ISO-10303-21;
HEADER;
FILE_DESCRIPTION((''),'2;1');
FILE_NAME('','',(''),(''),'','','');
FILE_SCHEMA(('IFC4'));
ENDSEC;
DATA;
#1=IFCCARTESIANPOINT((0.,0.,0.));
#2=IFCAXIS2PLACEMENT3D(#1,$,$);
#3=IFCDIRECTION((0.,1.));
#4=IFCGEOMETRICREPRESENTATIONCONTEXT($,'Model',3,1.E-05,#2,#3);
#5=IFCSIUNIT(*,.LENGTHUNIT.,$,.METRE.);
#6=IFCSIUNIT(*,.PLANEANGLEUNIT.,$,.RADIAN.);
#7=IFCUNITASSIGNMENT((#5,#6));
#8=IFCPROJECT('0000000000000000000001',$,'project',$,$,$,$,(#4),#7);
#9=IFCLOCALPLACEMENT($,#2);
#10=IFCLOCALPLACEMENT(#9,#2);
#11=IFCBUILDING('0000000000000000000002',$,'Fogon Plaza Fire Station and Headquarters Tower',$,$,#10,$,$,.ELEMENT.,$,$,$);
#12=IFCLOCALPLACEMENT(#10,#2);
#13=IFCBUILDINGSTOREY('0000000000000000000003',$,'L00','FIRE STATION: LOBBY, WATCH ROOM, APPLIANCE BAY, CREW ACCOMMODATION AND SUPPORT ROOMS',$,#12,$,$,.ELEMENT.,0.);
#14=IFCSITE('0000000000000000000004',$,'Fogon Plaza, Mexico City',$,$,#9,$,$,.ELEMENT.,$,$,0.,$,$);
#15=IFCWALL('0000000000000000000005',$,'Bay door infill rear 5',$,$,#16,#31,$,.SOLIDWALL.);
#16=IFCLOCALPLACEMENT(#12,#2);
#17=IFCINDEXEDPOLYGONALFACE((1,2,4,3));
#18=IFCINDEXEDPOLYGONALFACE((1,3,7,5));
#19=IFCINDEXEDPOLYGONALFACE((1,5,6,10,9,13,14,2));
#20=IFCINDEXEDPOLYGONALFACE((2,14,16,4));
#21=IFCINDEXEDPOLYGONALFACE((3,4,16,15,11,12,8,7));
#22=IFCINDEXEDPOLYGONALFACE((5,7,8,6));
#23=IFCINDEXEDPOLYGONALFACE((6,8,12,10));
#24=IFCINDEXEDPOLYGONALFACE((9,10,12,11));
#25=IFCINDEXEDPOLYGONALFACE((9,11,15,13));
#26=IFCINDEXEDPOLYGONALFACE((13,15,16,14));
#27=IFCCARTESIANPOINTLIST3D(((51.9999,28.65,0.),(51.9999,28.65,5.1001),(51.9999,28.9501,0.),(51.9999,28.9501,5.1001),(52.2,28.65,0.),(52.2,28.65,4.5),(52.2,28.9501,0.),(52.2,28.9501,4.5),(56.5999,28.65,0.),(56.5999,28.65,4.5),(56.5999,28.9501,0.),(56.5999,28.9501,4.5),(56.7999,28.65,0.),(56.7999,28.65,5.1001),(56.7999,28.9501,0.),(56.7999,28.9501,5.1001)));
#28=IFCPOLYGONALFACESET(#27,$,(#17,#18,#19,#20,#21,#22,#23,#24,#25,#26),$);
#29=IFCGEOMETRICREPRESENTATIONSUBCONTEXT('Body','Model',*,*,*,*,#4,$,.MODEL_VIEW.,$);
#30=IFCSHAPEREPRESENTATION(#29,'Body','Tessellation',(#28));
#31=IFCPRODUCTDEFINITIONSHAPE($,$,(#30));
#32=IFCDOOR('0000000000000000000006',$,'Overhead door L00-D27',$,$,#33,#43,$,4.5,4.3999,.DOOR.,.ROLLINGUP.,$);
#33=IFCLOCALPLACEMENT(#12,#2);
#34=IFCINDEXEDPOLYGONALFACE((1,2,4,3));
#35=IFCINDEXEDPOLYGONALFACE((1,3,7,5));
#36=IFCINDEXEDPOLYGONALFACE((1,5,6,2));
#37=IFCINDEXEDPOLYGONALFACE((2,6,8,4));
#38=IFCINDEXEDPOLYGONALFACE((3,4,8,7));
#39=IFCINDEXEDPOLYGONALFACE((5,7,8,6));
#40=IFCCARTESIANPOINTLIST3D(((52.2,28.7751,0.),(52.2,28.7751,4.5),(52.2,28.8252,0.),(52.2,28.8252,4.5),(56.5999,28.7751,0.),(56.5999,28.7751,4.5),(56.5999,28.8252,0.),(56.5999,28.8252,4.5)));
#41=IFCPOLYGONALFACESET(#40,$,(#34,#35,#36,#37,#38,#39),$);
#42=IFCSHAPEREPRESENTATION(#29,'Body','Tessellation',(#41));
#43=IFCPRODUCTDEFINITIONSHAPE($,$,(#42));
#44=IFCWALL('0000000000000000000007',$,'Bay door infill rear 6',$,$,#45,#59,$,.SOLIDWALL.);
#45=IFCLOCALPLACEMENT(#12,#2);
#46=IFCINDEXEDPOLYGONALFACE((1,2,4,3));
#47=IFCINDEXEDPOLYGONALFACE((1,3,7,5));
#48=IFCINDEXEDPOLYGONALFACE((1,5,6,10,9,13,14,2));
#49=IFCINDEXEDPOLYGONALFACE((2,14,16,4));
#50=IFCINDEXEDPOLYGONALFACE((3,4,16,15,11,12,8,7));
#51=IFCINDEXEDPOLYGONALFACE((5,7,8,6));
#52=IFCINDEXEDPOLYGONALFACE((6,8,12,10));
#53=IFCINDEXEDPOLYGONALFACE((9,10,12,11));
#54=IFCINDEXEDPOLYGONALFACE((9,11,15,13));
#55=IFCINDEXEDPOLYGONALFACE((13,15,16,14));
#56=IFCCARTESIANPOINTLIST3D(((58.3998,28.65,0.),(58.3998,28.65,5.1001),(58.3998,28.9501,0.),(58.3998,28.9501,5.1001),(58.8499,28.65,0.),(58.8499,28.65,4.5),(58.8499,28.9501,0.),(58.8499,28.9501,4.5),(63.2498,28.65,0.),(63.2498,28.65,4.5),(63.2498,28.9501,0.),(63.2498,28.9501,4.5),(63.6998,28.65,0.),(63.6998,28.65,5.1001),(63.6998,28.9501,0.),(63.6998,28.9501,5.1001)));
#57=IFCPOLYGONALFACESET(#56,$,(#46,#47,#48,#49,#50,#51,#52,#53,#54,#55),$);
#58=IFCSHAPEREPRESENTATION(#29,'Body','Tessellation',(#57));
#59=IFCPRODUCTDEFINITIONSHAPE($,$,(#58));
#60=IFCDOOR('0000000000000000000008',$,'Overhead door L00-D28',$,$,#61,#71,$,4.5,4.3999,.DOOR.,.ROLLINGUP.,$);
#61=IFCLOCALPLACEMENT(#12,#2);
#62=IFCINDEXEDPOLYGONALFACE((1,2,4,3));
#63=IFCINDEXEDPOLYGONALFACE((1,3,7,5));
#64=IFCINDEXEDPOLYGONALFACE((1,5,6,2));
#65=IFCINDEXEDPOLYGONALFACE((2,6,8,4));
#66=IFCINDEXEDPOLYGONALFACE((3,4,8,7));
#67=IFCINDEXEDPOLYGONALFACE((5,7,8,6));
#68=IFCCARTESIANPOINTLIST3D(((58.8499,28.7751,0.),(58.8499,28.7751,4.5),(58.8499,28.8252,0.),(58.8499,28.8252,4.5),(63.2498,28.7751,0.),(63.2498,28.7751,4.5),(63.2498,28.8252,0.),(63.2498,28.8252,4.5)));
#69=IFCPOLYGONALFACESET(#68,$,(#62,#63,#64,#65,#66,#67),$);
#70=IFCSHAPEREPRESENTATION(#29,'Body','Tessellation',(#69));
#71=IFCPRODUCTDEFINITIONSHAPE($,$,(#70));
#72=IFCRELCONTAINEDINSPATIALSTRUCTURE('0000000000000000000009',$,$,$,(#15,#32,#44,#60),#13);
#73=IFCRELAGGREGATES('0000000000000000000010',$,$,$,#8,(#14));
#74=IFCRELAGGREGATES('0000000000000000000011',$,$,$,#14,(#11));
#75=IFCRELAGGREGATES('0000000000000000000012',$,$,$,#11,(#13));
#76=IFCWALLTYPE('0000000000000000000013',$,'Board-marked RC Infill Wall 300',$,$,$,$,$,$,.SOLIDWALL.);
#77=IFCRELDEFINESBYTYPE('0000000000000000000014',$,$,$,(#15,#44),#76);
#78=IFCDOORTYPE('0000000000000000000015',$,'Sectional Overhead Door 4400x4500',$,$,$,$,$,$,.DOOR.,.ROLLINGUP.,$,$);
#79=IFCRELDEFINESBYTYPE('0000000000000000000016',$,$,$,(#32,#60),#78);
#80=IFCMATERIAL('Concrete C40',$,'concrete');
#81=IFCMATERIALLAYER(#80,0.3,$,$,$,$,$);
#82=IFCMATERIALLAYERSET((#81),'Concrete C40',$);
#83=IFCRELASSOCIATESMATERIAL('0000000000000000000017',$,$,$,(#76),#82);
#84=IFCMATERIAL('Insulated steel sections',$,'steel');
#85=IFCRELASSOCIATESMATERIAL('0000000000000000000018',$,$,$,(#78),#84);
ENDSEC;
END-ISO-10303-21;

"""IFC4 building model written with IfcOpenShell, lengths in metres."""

from ifc_helpers import new_model, si_unit, direction, frame, frame_2d, origin, place, context, subcontext, project, spatial, rectangle, extrude, material, layer, layer_set, type_object, element, fill, save


model = new_model("IFC4")

# Units and contexts
model_context = context("Model", 3, precision=1e-05, world=origin(), true_north=direction((0.0, 1.0)))
body_context = subcontext(model_context, "Body", "Model", "MODEL_VIEW")
ifc_project = project(units=[si_unit("LENGTHUNIT", "METRE"), si_unit("PLANEANGLEUNIT", "RADIAN")], contexts=[model_context])

# Site, building, storey
site_placement = place(None, origin())
site = spatial("IfcSite", under=ifc_project, at=site_placement, Name="Fogon Plaza, Mexico City", CompositionType="ELEMENT", RefElevation=0.0)
building_placement = place(site_placement, origin())
building = spatial("IfcBuilding", under=site, at=building_placement, Name="Fogon Plaza Fire Station and Headquarters Tower", CompositionType="ELEMENT")
storey_placement = place(building_placement, origin())
storey = spatial("IfcBuildingStorey", under=building, at=storey_placement, Name="L00", Description="FIRE STATION: LOBBY, WATCH ROOM, APPLIANCE BAY, CREW ACCOMMODATION AND SUPPORT ROOMS", CompositionType="ELEMENT", Elevation=0.0)

# Walls, openings, doors
ifc_material_1 = material(Name="Concrete C40", Category="concrete")
ifc_layer = layer(ifc_material_1, 0.3)
ifc_layer_set = layer_set([ifc_layer], Name="Concrete C40")
wall_type = type_object("IfcWallType", Name="Board-marked RC Infill Wall 300", PredefinedType="SOLIDWALL", material=ifc_layer_set)
wall_1_placement = place(storey_placement, frame((52.0, 28.8, 0.0), z_axis=(0.0, 0.0, 1.0), x_axis=(1.0, 0.0, 0.0)))
wall_1 = element("IfcWall", 1, at=wall_1_placement, inside=storey, type_object=wall_type, Name="Bay door infill rear 5", PredefinedType="SOLIDWALL", context=body_context, shape_type="SweptSolid", body=[
    extrude(rectangle(XDim=4.8, YDim=0.3, at=frame_2d((2.3999, 0.0))), origin(), (0.0, 0.0, 1.0), 5.1001),
])
opening_1_placement = place(wall_1_placement, frame((0.2, 0.0, 0.0)))
opening_1 = element("IfcOpeningElement", 2, at=opening_1_placement, cuts=wall_1, PredefinedType="OPENING", context=body_context, shape_type="SweptSolid", body=[
    extrude(rectangle(XDim=4.3999, YDim=4.5, at=frame_2d((2.2, 2.25))), frame((0.0, 0.1599, 0.0), z_axis=(0.0, -1.0, 0.0), x_axis=(1.0, 0.0, 0.0)), (0.0, 0.0, 1.0), 0.3201),
])
ifc_material_2 = material(Name="Insulated steel sections", Category="steel")
door_type = type_object("IfcDoorType", Name="Sectional Overhead Door 4400x4500", OperationType="ROLLINGUP", PredefinedType="DOOR", material=ifc_material_2)
door_1_placement = place(opening_1_placement, frame((4.3999, 0.0, 0.0), z_axis=(0.0, 0.0, 1.0), x_axis=(-1.0, 0.0, 0.0)))
door_1 = element("IfcDoor", 3, at=door_1_placement, inside=storey, type_object=door_type, Name="Overhead door L00-D27", OperationType="ROLLINGUP", OverallHeight=4.5, OverallWidth=4.3999, PredefinedType="DOOR", context=body_context, shape_type="SweptSolid", body=[
    extrude(rectangle(XDim=4.3999, YDim=4.5, at=frame_2d((2.2, 2.25))), frame((0.0, 0.0249, 0.0), z_axis=(0.0, -1.0, 0.0), x_axis=(1.0, 0.0, 0.0)), (0.0, 0.0, 1.0), 0.05),
])
fill(opening_1, door_1)
wall_2_placement = place(storey_placement, frame((58.3999, 28.8, 0.0), z_axis=(0.0, 0.0, 1.0), x_axis=(1.0, 0.0, 0.0)))
wall_2 = element("IfcWall", 4, at=wall_2_placement, inside=storey, type_object=wall_type, Name="Bay door infill rear 6", PredefinedType="SOLIDWALL", context=body_context, shape_type="SweptSolid", body=[
    extrude(rectangle(XDim=5.3, YDim=0.3, at=frame_2d((2.6499, 0.0))), origin(), (0.0, 0.0, 1.0), 5.1001),
])
opening_2_placement = place(wall_2_placement, frame((0.45, 0.0, 0.0)))
opening_2 = element("IfcOpeningElement", 5, at=opening_2_placement, cuts=wall_2, PredefinedType="OPENING", context=body_context, shape_type="SweptSolid", body=[
    extrude(rectangle(XDim=4.3999, YDim=4.5, at=frame_2d((2.2, 2.25))), frame((0.0, 0.1599, 0.0), z_axis=(0.0, -1.0, 0.0), x_axis=(1.0, 0.0, 0.0)), (0.0, 0.0, 1.0), 0.3201),
])
door_2_placement = place(opening_2_placement, frame((4.3999, 0.0, 0.0), z_axis=(0.0, 0.0, 1.0), x_axis=(-1.0, 0.0, 0.0)))
door_2 = element("IfcDoor", 6, at=door_2_placement, inside=storey, type_object=door_type, Name="Overhead door L00-D28", OperationType="ROLLINGUP", OverallHeight=4.5, OverallWidth=4.3999, PredefinedType="DOOR", context=body_context, shape_type="SweptSolid", body=[
    extrude(rectangle(XDim=4.3999, YDim=4.5, at=frame_2d((2.2, 2.25))), frame((0.0, 0.0249, 0.0), z_axis=(0.0, -1.0, 0.0), x_axis=(1.0, 0.0, 0.0)), (0.0, 0.0, 1.0), 0.05),
])
fill(opening_2, door_2)

save(model, "model.ifc")
